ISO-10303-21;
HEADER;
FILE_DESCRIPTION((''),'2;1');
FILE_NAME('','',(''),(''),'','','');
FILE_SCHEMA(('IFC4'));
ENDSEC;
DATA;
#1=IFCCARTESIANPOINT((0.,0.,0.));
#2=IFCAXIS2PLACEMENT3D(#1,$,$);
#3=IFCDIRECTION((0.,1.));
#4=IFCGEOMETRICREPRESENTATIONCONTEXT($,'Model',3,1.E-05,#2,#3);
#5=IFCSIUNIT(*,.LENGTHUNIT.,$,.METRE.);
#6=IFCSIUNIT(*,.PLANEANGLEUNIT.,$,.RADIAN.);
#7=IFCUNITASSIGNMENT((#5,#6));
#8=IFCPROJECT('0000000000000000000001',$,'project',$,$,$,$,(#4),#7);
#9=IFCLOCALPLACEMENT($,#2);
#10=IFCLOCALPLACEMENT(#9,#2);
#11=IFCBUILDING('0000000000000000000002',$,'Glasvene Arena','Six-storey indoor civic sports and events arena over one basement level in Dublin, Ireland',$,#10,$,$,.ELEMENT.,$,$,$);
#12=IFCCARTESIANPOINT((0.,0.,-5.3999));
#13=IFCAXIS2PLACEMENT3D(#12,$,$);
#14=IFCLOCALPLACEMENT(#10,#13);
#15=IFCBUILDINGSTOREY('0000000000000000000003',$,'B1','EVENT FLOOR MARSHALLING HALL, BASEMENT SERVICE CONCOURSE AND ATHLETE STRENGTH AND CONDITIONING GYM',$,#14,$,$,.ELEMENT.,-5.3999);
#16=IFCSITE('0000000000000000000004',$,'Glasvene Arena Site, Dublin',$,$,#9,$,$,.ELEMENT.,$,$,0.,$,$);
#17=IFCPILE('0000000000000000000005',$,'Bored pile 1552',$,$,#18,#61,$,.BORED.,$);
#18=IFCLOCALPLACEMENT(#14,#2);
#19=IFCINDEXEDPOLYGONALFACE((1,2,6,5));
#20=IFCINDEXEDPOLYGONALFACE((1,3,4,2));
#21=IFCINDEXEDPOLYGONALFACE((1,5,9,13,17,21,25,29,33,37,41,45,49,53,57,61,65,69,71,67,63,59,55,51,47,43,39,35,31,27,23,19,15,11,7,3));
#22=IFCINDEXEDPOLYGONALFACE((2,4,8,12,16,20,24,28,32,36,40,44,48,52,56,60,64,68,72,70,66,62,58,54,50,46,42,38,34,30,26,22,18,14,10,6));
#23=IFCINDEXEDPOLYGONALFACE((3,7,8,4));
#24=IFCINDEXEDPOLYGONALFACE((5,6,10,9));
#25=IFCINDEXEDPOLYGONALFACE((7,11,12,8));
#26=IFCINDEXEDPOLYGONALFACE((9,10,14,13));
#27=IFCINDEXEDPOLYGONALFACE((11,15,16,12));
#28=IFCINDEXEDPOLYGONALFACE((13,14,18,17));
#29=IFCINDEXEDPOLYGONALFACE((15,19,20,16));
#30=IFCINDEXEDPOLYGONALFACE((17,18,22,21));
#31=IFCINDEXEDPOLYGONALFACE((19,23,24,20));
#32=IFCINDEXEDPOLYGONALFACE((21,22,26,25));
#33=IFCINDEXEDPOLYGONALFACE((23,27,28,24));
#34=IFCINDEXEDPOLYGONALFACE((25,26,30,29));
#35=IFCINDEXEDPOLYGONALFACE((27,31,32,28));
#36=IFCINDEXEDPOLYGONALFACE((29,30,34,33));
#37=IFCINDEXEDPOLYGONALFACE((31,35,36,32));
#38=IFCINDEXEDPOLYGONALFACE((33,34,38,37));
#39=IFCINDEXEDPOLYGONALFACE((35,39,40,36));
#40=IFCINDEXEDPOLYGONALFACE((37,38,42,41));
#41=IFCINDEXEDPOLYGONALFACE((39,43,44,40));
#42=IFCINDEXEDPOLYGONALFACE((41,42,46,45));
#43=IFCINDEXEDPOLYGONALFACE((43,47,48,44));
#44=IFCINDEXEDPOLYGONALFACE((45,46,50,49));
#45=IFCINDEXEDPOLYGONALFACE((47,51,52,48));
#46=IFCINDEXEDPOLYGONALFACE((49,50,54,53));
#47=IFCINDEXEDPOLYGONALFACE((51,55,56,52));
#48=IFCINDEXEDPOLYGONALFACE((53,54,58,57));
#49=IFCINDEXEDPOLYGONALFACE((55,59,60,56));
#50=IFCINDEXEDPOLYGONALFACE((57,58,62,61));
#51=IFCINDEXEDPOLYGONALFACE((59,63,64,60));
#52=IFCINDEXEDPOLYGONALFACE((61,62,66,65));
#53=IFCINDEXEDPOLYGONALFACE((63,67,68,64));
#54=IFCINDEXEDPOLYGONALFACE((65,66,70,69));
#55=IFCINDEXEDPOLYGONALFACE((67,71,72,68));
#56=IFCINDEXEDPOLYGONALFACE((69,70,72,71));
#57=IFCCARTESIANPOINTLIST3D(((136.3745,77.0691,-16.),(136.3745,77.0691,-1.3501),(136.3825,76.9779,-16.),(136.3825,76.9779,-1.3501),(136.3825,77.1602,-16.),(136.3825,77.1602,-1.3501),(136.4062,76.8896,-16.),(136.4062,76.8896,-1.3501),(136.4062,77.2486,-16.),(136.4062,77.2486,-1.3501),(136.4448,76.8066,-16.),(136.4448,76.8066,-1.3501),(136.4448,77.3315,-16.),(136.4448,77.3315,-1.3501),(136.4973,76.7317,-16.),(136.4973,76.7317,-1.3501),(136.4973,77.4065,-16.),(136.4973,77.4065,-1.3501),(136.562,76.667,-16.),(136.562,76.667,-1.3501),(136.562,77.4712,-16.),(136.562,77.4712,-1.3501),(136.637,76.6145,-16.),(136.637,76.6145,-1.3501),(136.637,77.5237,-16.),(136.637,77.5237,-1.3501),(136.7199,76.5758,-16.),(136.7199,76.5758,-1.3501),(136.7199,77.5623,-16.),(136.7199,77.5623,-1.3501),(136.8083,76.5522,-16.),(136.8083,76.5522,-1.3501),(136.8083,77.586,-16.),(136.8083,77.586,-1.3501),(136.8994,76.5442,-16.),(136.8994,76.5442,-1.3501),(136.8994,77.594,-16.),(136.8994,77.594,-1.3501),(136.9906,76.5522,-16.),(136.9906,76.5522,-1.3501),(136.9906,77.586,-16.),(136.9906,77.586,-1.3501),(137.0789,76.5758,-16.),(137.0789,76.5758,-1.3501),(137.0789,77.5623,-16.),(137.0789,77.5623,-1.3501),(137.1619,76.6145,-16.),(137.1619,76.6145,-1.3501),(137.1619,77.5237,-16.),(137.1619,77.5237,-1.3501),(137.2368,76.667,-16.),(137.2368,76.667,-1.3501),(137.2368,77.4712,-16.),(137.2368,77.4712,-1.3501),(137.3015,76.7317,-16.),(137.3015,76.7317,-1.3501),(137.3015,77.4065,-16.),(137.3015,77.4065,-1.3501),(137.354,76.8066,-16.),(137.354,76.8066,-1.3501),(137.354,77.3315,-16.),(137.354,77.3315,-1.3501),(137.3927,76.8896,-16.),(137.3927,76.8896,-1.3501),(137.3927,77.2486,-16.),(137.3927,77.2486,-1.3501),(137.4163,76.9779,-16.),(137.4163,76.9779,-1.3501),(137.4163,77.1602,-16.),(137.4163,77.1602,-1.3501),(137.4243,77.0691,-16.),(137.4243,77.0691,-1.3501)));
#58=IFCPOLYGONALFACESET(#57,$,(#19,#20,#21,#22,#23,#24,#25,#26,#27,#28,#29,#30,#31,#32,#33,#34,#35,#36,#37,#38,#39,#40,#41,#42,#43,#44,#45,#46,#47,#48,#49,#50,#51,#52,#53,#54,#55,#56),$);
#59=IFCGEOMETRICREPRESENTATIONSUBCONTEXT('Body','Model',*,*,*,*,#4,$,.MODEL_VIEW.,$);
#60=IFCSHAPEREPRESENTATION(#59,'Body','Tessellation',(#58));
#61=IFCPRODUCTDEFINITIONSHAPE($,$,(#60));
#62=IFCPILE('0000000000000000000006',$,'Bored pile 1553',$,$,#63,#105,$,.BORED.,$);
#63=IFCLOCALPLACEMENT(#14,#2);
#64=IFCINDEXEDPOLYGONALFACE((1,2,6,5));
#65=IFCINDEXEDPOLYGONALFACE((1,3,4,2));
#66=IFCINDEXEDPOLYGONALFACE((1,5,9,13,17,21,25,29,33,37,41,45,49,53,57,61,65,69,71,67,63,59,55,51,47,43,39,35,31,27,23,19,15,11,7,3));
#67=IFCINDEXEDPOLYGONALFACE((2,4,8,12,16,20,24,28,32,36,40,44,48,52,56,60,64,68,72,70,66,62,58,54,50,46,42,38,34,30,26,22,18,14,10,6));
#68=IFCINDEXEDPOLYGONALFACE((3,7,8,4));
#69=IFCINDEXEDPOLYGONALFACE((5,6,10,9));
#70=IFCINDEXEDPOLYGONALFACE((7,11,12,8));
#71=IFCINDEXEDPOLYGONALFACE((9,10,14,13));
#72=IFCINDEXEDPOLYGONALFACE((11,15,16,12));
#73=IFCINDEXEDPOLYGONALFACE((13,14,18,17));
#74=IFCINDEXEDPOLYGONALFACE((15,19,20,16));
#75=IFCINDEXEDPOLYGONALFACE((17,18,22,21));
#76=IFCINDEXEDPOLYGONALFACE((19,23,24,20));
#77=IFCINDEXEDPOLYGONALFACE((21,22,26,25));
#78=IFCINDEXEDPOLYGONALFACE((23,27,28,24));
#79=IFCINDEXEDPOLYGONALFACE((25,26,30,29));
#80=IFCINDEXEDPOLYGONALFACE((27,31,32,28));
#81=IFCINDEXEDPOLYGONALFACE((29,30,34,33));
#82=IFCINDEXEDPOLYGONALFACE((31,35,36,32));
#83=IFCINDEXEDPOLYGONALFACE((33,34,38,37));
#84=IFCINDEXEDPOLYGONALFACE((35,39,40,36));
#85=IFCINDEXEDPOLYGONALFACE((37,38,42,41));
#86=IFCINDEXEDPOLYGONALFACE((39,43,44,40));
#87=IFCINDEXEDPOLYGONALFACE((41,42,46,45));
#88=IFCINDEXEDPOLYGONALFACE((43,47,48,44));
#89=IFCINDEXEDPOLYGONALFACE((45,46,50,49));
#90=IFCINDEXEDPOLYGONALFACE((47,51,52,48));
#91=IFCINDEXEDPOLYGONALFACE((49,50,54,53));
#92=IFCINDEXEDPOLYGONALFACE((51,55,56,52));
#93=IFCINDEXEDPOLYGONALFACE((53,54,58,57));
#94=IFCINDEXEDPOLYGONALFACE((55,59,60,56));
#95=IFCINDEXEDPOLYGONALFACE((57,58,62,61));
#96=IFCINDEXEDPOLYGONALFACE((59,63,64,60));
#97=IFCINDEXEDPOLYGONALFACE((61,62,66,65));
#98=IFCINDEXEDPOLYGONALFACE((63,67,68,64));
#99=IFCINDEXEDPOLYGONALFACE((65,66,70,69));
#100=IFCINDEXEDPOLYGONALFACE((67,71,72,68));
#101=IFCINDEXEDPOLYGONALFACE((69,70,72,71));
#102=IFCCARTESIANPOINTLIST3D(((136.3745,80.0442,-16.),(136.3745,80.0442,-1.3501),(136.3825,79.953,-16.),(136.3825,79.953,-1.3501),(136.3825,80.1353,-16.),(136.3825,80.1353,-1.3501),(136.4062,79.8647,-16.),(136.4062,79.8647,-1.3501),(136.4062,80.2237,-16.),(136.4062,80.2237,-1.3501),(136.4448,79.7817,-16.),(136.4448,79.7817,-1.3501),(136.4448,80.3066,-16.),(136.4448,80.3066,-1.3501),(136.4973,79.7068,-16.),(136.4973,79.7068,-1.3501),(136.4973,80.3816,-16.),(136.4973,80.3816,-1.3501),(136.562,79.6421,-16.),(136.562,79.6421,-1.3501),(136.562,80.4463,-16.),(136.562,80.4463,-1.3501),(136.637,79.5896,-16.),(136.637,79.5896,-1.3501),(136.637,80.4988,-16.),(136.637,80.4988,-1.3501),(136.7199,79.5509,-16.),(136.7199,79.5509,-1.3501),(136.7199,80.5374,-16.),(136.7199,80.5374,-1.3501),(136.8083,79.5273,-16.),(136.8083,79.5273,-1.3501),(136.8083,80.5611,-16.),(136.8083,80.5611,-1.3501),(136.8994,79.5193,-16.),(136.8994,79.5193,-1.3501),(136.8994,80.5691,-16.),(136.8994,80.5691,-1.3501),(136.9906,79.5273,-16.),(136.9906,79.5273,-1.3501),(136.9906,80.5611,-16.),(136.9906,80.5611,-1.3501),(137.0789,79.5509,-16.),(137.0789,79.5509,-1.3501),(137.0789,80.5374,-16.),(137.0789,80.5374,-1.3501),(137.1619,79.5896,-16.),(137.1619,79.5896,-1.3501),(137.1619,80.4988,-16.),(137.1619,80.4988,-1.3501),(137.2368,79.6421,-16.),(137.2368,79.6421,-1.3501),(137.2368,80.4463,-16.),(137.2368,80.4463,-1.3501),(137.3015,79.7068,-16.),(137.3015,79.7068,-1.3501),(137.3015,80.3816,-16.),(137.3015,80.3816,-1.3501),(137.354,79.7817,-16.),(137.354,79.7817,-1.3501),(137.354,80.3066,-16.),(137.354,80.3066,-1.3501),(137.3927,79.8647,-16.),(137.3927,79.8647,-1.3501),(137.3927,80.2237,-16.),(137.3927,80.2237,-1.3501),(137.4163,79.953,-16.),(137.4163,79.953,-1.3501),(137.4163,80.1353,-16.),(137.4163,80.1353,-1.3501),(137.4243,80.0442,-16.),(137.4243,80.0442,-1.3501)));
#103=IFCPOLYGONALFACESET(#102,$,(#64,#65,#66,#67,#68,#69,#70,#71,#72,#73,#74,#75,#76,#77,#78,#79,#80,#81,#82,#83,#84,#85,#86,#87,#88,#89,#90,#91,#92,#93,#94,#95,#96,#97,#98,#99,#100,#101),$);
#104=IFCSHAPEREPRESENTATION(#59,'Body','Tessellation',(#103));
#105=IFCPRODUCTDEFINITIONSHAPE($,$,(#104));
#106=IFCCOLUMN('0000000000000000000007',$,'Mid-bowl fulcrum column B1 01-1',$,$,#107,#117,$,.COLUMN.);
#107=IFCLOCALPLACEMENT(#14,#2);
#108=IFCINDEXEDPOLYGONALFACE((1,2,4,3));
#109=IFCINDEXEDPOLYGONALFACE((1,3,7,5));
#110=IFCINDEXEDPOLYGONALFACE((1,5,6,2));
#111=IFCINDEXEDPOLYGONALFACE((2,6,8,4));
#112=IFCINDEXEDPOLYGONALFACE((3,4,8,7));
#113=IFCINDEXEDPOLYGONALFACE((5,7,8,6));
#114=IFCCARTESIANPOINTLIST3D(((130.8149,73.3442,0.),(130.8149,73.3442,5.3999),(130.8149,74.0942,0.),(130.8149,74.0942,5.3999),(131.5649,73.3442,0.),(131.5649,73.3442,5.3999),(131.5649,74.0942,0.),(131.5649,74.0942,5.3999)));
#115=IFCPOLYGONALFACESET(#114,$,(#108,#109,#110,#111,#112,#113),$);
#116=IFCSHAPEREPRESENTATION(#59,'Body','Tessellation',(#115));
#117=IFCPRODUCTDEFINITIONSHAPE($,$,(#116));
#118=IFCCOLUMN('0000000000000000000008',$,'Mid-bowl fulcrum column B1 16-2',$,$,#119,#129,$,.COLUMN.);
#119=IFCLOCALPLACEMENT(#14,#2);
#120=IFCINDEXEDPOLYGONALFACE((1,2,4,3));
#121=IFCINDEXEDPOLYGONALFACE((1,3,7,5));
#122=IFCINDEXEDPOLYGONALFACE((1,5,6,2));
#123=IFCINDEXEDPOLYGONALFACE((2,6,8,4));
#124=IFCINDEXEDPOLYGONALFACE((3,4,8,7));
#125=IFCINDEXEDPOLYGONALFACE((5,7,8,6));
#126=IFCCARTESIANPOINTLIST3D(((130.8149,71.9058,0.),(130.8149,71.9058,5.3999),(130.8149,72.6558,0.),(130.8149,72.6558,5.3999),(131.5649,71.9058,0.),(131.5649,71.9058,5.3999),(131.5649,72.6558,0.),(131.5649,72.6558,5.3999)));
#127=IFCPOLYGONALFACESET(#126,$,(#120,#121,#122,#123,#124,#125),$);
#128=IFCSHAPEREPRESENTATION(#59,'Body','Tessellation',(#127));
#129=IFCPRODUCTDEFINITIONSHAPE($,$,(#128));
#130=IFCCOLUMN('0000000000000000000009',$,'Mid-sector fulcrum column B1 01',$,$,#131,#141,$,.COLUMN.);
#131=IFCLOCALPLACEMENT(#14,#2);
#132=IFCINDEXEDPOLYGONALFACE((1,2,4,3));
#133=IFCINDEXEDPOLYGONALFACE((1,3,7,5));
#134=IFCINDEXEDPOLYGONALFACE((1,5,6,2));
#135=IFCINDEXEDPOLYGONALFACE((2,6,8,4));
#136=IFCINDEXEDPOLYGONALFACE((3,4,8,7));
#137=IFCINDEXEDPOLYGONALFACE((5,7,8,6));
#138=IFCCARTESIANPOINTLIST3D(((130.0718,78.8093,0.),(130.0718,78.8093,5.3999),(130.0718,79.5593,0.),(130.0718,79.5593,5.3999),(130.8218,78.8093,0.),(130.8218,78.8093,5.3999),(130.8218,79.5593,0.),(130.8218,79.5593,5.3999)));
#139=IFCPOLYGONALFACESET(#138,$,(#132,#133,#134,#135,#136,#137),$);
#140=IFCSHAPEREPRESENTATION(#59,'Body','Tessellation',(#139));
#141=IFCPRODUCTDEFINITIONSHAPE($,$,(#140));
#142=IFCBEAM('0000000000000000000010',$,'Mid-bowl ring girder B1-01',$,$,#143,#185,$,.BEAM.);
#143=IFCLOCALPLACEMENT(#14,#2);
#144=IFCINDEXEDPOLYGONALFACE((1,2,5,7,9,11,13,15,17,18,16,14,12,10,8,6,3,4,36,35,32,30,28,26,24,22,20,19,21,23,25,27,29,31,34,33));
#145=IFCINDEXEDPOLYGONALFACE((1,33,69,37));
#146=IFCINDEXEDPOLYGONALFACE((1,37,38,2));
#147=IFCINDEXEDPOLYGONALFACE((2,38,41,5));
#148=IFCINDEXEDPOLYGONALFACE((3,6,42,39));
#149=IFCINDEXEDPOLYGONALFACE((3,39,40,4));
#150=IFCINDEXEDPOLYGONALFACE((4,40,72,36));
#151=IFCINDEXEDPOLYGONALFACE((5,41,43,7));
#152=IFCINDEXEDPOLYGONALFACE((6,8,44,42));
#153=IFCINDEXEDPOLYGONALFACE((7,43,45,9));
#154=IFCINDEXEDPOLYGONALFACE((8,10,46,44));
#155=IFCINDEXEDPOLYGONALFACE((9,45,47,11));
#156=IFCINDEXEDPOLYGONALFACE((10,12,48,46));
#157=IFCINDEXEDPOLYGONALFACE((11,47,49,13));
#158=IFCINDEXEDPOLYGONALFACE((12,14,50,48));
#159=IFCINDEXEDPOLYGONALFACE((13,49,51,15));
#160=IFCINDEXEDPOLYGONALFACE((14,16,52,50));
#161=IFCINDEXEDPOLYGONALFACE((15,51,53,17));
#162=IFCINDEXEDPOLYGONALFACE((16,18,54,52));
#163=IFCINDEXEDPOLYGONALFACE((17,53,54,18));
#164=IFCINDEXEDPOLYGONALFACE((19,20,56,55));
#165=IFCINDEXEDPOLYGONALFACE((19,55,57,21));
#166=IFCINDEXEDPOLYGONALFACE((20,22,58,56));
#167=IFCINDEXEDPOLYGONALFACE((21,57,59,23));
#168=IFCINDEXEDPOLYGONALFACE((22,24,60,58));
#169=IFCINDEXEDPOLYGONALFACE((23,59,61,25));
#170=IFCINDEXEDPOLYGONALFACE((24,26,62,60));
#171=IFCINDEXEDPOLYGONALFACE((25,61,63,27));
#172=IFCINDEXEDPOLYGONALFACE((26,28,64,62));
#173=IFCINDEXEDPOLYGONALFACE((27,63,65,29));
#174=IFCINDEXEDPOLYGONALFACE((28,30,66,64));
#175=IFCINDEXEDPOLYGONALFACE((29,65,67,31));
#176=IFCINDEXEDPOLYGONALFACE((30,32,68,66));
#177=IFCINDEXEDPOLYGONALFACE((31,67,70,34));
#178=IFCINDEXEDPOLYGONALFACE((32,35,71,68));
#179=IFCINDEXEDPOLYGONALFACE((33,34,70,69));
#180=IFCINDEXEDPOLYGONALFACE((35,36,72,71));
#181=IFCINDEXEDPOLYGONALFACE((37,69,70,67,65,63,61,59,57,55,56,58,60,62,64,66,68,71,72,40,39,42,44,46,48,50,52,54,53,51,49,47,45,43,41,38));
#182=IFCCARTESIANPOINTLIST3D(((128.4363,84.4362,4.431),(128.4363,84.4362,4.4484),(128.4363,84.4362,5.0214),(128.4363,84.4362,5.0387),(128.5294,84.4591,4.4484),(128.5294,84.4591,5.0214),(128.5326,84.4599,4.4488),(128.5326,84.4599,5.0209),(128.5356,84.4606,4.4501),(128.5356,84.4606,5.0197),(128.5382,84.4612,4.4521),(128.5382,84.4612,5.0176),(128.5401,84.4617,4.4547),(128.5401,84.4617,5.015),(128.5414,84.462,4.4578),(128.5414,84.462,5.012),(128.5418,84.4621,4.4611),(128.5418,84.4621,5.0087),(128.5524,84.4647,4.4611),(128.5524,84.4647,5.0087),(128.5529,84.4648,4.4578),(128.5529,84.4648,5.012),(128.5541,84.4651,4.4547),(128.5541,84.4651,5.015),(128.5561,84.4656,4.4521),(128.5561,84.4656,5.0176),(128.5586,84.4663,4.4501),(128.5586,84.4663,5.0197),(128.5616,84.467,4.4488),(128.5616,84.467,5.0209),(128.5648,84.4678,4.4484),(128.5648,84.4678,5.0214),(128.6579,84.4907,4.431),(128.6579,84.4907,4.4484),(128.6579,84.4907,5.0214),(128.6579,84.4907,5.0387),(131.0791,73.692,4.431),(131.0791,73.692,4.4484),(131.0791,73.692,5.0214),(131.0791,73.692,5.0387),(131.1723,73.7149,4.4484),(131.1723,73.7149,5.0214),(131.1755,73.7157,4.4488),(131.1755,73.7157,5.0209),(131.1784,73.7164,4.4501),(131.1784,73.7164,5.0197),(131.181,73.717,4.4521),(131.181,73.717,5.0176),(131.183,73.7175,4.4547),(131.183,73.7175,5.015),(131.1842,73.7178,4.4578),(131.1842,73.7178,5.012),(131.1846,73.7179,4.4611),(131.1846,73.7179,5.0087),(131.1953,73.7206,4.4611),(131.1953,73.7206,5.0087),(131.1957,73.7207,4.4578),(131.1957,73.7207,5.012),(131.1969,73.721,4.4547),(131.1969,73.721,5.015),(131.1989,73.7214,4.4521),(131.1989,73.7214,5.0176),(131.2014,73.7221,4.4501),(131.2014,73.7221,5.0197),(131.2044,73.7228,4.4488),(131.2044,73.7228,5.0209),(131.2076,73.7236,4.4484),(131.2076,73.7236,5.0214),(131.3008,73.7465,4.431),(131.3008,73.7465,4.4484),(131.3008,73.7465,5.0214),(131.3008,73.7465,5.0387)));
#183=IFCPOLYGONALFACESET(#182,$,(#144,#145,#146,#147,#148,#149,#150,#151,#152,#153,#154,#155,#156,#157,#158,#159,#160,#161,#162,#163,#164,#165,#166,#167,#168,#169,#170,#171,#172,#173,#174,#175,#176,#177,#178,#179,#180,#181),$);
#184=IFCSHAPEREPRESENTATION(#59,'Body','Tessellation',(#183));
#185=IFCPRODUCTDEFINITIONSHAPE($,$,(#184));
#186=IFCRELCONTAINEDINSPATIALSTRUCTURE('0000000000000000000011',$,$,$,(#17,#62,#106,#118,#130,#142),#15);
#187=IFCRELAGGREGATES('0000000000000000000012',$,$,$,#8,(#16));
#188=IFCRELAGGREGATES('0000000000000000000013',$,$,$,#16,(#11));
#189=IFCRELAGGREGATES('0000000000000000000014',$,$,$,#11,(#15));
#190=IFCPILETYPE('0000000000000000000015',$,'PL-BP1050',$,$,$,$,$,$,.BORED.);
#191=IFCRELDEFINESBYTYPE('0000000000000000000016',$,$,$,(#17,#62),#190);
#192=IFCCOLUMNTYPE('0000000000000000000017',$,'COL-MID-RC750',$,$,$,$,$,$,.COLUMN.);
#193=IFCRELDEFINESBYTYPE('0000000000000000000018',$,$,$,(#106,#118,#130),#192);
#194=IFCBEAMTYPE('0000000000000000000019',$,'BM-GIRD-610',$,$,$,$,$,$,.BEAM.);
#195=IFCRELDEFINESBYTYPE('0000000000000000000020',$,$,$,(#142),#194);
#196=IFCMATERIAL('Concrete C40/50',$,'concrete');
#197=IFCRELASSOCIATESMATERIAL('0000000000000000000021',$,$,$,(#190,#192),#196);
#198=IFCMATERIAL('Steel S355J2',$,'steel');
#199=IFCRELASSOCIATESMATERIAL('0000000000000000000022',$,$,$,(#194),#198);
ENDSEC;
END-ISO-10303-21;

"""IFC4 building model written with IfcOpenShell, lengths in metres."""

from ifc_helpers import new_model, si_unit, direction, frame, origin, origin_2d, place, context, subcontext, project, spatial, rectangle, circle, i_section, extrude, material, material_profile, profile_set, type_object, element, save


model = new_model("IFC4")

# Units and contexts
model_context = context("Model", 3, precision=1e-05, world=origin(), true_north=direction((0.0, 1.0)))
body_context = subcontext(model_context, "Body", "Model", "MODEL_VIEW")
ifc_project = project(units=[si_unit("LENGTHUNIT", "METRE"), si_unit("PLANEANGLEUNIT", "RADIAN")], contexts=[model_context])

# Site, building, storey
site_placement = place(None, origin())
site = spatial("IfcSite", under=ifc_project, at=site_placement, Name="Glasvene Arena Site, Dublin", CompositionType="ELEMENT", RefElevation=0.0)
building_placement = place(site_placement, origin())
building = spatial("IfcBuilding", under=site, at=building_placement, Name="Glasvene Arena", Description="Six-storey indoor civic sports and events arena over one basement level in Dublin, Ireland", CompositionType="ELEMENT")
storey_placement = place(building_placement, frame((0.0, 0.0, -5.3999)))
storey = spatial("IfcBuildingStorey", under=building, at=storey_placement, Name="B1", Description="EVENT FLOOR MARSHALLING HALL, BASEMENT SERVICE CONCOURSE AND ATHLETE STRENGTH AND CONDITIONING GYM", CompositionType="ELEMENT", Elevation=-5.3999)

# Piles
ifc_material_1 = material(Name="Concrete C40/50", Category="concrete")
ifc_material_profile_1 = material_profile(ifc_material_1, circle(Radius=0.5249, at=origin_2d()), Name="BORED PILE 1050")
ifc_profile_set_1 = profile_set([ifc_material_profile_1], Name="Concrete C40/50")
pile_type = type_object("IfcPileType", Name="PL-BP1050", PredefinedType="BORED", material=ifc_profile_set_1)
for number, where, z_axis, x_axis, name in (
    (1, (136.8994, 77.0691, -1.3501), (0.0, 0.0, -1.0), (1.0, 0.0, 0.0), "Bored pile 1552"),
    (2, (136.8994, 80.0442, -1.3501), (0.0, 0.0, -1.0), (1.0, 0.0, 0.0), "Bored pile 1553"),
):
    element("IfcPile", number, at=place(storey_placement, frame(where, z_axis=z_axis, x_axis=x_axis)), inside=storey, type_object=pile_type, Name=name, PredefinedType="BORED", context=body_context, shape_type="SweptSolid", body=[
        extrude(circle(Radius=0.5249, at=origin_2d()), origin(), (0.0, 0.0, 1.0), 14.6499),
    ])

# Columns
ifc_material_profile_2 = material_profile(ifc_material_1, rectangle(XDim=0.75, YDim=0.75, at=origin_2d()), Name="RC 750x750")
ifc_profile_set_2 = profile_set([ifc_material_profile_2], Name="Concrete C40/50")
column_type = type_object("IfcColumnType", Name="COL-MID-RC750", PredefinedType="COLUMN", material=ifc_profile_set_2)
for number, where, z_axis, x_axis, name in (
    (3, (131.1899, 73.7192, 0.0), (0.0, 0.0, 1.0), (1.0, 0.0, 0.0), "Mid-bowl fulcrum column B1 01-1"),
    (4, (131.1899, 72.2808, 0.0), (0.0, 0.0, 1.0), (1.0, 0.0, 0.0), "Mid-bowl fulcrum column B1 16-2"),
    (5, (130.4468, 79.1843, 0.0), (0.0, 0.0, 1.0), (1.0, 0.0, 0.0), "Mid-sector fulcrum column B1 01"),
):
    element("IfcColumn", number, at=place(storey_placement, frame(where, z_axis=z_axis, x_axis=x_axis)), inside=storey, type_object=column_type, Name=name, PredefinedType="COLUMN", context=body_context, shape_type="SweptSolid", body=[
        extrude(rectangle(XDim=0.75, YDim=0.75, at=origin_2d()), origin(), (0.0, 0.0, 1.0), 5.3999),
    ])

# Beam
ifc_material_2 = material(Name="Steel S355J2", Category="steel")
ifc_material_profile_3 = material_profile(ifc_material_2, i_section(OverallWidth=0.2283, OverallDepth=0.6077, WebThickness=0.011, FlangeThickness=0.0173, FilletRadius=0.0127, at=origin_2d()), Name="UKB 610x229x113")
ifc_profile_set_3 = profile_set([ifc_material_profile_3], Name="Steel S355J2")
beam_type_1 = type_object("IfcBeamType", Name="BM-GIRD-610", PredefinedType="BEAM", material=ifc_profile_set_3)
beam_1_placement = place(storey_placement, frame((131.1899, 73.7192, 4.7349), z_axis=(-0.238858, 0.971054, 0.0), x_axis=(-0.971054, -0.238858, 0.0)))
element("IfcBeam", 6, at=beam_1_placement, inside=storey, type_object=beam_type_1, Name="Mid-bowl ring girder B1-01", PredefinedType="BEAM", context=body_context, shape_type="SweptSolid", body=[
    extrude(i_section(OverallWidth=0.2283, OverallDepth=0.6077, WebThickness=0.011, FlangeThickness=0.0173, FilletRadius=0.0127, at=origin_2d()), origin(), (0.0, 0.0, 1.0), 11.0645),
])

save(model, "model.ifc")
